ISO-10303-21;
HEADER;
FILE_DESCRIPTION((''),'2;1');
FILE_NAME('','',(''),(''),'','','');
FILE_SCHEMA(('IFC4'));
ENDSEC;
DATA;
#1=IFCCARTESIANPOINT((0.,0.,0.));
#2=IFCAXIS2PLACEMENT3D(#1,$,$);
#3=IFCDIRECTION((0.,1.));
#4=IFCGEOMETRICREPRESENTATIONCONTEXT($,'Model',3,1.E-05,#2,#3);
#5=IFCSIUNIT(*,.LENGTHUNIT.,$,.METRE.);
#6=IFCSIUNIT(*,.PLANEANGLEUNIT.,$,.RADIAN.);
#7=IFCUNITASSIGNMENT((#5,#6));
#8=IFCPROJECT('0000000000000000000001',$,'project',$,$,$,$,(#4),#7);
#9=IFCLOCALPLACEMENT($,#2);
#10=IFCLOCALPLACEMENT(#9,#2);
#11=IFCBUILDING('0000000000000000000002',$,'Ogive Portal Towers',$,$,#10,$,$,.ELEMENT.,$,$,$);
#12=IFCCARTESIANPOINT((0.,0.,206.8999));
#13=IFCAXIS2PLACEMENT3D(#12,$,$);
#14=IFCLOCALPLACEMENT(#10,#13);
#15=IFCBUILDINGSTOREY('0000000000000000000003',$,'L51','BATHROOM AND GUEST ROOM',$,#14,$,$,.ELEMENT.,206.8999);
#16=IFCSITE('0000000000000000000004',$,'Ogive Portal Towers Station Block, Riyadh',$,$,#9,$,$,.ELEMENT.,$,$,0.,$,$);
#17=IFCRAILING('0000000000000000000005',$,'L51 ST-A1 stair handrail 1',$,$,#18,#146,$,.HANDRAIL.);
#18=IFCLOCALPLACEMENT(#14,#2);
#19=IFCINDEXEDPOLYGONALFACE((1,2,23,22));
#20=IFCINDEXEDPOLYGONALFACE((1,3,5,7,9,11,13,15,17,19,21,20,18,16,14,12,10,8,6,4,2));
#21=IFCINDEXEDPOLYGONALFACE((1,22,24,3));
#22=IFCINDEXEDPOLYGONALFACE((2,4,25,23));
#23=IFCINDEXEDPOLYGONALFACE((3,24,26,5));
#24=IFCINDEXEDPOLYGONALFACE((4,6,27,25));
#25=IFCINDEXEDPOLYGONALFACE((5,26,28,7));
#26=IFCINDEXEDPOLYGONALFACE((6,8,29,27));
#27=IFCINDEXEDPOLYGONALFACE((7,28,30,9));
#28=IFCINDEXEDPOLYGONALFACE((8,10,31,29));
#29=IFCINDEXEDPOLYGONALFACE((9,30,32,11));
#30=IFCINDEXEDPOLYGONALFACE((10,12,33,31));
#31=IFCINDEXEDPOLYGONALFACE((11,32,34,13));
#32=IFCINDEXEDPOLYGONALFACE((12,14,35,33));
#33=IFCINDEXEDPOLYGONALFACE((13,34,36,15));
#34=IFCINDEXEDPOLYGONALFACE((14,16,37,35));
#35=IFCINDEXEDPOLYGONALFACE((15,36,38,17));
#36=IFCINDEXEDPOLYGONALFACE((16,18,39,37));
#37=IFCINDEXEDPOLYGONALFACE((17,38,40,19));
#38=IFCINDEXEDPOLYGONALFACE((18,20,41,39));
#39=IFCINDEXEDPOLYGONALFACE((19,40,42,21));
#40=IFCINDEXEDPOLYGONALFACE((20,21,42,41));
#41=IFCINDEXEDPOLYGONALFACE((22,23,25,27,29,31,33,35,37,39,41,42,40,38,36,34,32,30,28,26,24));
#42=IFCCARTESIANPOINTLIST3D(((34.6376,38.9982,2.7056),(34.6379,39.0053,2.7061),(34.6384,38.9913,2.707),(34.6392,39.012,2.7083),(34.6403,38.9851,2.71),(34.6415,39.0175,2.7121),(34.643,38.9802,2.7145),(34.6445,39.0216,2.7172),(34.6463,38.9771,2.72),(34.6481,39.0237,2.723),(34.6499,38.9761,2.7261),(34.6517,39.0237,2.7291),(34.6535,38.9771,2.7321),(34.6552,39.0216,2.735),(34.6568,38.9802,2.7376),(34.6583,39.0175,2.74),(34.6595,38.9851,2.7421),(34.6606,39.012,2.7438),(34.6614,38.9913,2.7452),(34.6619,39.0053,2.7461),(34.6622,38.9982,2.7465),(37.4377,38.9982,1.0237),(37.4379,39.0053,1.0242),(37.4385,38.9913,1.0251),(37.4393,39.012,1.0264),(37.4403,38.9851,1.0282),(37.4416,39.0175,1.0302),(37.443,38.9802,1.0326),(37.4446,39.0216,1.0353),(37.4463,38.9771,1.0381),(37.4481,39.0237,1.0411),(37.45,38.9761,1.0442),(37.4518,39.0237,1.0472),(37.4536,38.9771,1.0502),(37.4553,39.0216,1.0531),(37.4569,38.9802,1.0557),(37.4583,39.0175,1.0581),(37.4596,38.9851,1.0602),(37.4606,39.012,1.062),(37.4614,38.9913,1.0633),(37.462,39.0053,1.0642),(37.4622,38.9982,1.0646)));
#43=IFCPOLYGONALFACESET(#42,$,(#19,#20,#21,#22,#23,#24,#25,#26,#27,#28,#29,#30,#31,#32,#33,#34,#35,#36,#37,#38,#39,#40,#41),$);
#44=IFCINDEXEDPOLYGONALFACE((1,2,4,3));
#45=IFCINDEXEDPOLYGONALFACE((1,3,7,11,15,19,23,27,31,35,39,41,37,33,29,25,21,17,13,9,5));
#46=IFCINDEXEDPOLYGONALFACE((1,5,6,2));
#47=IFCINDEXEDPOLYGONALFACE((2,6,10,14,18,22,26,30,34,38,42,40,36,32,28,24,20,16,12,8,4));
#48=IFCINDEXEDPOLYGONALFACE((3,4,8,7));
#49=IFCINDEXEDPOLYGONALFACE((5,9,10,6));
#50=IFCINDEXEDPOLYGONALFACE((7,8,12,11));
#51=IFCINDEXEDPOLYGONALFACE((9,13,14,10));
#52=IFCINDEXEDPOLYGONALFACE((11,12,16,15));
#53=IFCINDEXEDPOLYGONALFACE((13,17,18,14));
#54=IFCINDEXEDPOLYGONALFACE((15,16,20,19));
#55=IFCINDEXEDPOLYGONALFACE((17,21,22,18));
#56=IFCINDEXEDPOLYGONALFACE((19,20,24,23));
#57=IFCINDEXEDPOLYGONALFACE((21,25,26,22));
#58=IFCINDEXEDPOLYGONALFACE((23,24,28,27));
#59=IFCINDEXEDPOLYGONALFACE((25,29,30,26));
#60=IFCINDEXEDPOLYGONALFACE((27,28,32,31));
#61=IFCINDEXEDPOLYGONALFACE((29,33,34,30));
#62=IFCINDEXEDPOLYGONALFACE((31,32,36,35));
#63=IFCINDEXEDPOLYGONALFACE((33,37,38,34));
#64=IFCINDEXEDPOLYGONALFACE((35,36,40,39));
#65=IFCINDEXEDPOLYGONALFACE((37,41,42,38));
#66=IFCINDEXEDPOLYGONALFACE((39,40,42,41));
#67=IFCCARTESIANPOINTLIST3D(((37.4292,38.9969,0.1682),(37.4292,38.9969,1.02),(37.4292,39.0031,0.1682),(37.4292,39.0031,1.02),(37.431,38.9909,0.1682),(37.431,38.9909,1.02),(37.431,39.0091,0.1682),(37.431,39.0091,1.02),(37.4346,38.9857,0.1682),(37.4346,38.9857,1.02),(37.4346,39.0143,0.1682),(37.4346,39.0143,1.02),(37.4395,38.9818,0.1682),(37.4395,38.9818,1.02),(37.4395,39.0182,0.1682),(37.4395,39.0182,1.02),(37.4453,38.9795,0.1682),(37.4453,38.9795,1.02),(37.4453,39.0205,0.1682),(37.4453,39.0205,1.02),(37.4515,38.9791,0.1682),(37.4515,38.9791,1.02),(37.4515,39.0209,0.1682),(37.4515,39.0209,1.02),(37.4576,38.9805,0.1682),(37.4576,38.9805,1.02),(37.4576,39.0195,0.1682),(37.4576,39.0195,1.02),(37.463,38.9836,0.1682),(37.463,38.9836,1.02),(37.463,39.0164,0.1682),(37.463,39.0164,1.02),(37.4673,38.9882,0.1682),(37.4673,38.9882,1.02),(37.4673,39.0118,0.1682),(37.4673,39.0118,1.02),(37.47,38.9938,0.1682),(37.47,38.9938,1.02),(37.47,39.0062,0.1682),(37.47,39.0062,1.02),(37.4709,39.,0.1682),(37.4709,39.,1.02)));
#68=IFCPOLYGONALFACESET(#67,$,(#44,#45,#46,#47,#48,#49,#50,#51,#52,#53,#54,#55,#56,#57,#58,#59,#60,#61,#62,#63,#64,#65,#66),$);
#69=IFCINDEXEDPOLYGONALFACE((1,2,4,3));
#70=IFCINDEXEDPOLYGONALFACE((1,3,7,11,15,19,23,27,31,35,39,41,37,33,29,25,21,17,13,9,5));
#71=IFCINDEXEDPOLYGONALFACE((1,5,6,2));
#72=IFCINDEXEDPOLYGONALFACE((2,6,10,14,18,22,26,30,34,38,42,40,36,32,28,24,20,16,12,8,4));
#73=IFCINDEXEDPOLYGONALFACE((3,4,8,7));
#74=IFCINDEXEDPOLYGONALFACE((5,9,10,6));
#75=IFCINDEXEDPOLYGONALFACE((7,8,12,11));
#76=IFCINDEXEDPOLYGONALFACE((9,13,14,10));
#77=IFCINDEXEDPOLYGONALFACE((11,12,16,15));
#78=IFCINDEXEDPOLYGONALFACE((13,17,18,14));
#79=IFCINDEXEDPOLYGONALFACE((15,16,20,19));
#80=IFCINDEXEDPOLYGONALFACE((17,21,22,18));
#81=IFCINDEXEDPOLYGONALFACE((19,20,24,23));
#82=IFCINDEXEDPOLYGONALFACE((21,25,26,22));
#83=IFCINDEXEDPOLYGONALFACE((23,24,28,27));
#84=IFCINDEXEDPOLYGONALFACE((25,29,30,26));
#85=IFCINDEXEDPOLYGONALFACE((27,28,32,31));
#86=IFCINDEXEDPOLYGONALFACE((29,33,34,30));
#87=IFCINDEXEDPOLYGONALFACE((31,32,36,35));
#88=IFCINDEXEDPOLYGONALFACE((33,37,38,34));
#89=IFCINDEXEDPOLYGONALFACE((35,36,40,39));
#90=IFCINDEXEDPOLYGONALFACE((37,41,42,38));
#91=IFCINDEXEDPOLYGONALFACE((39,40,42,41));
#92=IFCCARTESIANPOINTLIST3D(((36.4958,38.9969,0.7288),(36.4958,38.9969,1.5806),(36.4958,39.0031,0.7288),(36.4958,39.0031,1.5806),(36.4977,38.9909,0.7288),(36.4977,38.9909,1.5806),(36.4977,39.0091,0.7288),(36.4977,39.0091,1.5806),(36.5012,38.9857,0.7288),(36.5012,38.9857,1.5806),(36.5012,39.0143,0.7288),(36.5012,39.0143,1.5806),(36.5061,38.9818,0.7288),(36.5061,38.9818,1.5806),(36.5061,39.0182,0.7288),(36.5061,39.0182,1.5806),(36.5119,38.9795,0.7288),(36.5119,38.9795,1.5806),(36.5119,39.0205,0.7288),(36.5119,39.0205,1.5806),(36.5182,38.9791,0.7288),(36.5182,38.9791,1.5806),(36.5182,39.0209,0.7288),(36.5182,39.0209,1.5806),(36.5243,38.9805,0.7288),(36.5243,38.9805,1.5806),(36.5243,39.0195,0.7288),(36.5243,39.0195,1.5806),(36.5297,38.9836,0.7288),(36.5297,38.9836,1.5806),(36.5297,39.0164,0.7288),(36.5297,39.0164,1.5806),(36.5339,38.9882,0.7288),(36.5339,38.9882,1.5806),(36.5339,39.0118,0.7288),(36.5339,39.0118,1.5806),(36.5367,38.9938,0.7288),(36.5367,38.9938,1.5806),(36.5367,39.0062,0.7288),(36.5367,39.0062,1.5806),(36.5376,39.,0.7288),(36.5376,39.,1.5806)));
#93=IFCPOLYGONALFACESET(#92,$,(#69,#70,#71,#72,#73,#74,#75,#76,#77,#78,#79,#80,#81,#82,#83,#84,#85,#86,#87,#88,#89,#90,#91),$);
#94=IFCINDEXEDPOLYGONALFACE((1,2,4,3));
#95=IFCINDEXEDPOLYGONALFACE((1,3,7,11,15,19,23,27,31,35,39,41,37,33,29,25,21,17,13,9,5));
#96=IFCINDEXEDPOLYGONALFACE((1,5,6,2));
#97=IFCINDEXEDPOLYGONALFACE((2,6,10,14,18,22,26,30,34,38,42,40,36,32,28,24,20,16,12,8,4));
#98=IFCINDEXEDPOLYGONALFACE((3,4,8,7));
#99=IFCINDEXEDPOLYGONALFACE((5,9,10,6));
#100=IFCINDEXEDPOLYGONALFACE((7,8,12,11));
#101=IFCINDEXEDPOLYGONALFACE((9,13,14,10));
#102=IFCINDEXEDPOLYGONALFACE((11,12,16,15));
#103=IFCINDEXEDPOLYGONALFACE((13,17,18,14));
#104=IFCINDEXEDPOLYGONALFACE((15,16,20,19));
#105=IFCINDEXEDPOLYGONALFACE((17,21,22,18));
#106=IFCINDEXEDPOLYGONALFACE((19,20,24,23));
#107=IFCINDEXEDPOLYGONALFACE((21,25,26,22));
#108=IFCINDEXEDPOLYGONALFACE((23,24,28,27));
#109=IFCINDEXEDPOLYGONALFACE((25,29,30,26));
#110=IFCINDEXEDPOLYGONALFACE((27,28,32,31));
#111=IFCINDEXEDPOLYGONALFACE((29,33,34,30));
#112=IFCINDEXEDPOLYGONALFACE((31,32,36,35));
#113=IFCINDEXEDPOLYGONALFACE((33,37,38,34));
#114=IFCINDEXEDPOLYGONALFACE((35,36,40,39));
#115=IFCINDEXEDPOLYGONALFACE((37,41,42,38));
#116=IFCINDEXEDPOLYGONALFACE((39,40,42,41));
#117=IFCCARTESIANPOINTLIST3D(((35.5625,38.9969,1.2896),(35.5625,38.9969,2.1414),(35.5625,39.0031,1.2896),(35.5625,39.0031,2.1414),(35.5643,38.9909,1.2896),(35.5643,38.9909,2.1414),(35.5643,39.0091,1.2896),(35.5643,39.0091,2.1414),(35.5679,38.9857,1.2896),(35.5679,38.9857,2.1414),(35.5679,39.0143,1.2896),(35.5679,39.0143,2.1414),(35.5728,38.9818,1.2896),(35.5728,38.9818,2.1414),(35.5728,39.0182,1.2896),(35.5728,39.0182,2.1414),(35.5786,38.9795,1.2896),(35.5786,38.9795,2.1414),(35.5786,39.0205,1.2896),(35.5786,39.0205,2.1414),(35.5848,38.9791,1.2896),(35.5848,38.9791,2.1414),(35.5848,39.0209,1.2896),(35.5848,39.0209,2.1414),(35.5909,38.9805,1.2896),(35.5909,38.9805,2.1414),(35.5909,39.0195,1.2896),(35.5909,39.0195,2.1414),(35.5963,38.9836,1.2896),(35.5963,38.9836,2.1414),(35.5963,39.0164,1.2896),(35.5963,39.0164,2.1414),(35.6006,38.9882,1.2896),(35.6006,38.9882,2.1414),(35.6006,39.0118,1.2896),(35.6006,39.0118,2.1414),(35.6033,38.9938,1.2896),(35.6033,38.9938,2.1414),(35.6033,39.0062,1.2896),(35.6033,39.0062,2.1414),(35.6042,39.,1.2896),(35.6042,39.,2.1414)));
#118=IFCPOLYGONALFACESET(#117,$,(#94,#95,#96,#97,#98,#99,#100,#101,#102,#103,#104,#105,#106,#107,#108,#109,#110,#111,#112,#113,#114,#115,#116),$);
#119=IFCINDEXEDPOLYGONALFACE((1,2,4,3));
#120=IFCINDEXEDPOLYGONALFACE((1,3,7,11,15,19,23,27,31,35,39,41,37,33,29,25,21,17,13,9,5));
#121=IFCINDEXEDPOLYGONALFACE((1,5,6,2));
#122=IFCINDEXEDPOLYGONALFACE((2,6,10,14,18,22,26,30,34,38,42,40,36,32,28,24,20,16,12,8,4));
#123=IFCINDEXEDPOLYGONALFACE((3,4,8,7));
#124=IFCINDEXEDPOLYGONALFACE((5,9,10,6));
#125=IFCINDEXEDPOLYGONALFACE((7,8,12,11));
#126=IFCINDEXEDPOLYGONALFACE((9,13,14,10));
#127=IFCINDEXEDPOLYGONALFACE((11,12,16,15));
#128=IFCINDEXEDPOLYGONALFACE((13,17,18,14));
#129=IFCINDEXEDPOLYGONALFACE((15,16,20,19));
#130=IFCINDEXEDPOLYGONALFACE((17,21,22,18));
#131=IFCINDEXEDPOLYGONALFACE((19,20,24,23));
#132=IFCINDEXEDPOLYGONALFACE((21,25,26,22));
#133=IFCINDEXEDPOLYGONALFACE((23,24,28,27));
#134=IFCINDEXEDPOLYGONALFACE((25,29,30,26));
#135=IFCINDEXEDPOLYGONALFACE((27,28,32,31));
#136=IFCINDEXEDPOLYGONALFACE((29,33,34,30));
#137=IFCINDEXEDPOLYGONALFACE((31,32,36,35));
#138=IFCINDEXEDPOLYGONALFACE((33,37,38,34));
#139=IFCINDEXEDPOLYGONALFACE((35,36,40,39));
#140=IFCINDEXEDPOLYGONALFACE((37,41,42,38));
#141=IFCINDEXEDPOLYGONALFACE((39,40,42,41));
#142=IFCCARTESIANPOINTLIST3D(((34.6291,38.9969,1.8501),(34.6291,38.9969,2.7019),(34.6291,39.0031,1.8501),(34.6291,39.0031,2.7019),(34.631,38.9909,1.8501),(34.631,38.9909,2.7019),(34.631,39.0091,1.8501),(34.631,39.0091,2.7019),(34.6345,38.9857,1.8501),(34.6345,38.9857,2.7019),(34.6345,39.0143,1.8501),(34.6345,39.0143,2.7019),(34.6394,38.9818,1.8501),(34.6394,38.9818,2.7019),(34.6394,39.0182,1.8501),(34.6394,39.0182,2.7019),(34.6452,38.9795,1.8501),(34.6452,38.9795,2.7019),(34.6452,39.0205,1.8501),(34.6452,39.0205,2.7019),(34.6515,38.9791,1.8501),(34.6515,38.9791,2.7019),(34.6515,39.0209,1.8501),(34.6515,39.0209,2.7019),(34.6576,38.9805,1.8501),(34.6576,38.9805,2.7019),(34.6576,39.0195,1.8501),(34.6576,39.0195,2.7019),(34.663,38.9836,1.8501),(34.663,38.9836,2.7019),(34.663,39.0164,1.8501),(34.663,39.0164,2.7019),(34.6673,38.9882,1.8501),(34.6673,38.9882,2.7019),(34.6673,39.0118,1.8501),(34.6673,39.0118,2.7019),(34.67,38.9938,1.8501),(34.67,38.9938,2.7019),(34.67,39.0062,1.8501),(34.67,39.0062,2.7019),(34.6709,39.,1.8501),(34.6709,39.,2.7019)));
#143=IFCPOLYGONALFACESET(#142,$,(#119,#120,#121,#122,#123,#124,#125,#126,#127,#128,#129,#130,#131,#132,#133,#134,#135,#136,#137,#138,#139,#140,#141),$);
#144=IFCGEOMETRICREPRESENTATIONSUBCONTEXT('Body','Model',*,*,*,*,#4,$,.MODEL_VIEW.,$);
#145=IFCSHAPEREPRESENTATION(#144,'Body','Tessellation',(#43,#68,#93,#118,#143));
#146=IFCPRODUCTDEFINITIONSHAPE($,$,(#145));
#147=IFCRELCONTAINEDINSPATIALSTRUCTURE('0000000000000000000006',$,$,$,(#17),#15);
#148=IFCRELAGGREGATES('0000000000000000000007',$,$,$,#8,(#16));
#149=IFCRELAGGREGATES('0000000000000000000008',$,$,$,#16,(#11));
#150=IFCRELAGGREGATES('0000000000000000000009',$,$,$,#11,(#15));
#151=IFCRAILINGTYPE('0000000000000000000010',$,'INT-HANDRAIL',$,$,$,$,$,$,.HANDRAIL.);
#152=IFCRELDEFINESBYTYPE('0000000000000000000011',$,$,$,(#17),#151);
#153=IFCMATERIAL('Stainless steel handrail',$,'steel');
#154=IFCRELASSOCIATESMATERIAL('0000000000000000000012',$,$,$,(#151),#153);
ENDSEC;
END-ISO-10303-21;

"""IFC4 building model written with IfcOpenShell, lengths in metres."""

from ifc_helpers import new_model, si_unit, direction, frame, origin, origin_2d, place, context, subcontext, project, spatial, circle, extrude, material, type_object, element, save


model = new_model("IFC4")

# Units and contexts
model_context = context("Model", 3, precision=1e-05, world=origin(), true_north=direction((0.0, 1.0)))
body_context = subcontext(model_context, "Body", "Model", "MODEL_VIEW")
ifc_project = project(units=[si_unit("LENGTHUNIT", "METRE"), si_unit("PLANEANGLEUNIT", "RADIAN")], contexts=[model_context])

# Site, building, storey
site_placement = place(None, origin())
site = spatial("IfcSite", under=ifc_project, at=site_placement, Name="Ogive Portal Towers Station Block, Riyadh", CompositionType="ELEMENT", RefElevation=0.0)
building_placement = place(site_placement, origin())
building = spatial("IfcBuilding", under=site, at=building_placement, Name="Ogive Portal Towers", CompositionType="ELEMENT")
storey_placement = place(building_placement, frame((0.0, 0.0, 206.8999)))
storey = spatial("IfcBuildingStorey", under=building, at=storey_placement, Name="L51", Description="BATHROOM AND GUEST ROOM", CompositionType="ELEMENT", Elevation=206.8999)

# Railing
ifc_material_1 = material(Name="Stainless steel handrail", Category="steel")
railing_type_1 = type_object("IfcRailingType", Name="INT-HANDRAIL", PredefinedType="HANDRAIL", material=ifc_material_1)
railing_1_placement = place(storey_placement, frame((37.45, 39.0, 0.1682)))
element("IfcRailing", 1, at=railing_1_placement, inside=storey, type_object=railing_type_1, Name="L51 ST-A1 stair handrail 1", PredefinedType="HANDRAIL", context=body_context, shape_type="SweptSolid", body=[
    extrude(circle(Radius=0.0239, at=origin_2d()), frame((0.0, 0.0, 0.876), z_axis=(-0.857242, 0.0, 0.514913), x_axis=(0.0, -1.0, 0.0)), (0.0, 0.0, 1.0), 3.2664),
    extrude(circle(Radius=0.021, at=origin_2d()), origin(), (0.0, 0.0, 1.0), 0.8518),
    extrude(circle(Radius=0.021, at=origin_2d()), frame((-0.9333, 0.0, 0.5605)), (0.0, 0.0, 1.0), 0.8518),
    extrude(circle(Radius=0.021, at=origin_2d()), frame((-1.8667, 0.0, 1.1213)), (0.0, 0.0, 1.0), 0.8518),
    extrude(circle(Radius=0.021, at=origin_2d()), frame((-2.8, 0.0, 1.6819)), (0.0, 0.0, 1.0), 0.8518),
])

save(model, "model.ifc")
